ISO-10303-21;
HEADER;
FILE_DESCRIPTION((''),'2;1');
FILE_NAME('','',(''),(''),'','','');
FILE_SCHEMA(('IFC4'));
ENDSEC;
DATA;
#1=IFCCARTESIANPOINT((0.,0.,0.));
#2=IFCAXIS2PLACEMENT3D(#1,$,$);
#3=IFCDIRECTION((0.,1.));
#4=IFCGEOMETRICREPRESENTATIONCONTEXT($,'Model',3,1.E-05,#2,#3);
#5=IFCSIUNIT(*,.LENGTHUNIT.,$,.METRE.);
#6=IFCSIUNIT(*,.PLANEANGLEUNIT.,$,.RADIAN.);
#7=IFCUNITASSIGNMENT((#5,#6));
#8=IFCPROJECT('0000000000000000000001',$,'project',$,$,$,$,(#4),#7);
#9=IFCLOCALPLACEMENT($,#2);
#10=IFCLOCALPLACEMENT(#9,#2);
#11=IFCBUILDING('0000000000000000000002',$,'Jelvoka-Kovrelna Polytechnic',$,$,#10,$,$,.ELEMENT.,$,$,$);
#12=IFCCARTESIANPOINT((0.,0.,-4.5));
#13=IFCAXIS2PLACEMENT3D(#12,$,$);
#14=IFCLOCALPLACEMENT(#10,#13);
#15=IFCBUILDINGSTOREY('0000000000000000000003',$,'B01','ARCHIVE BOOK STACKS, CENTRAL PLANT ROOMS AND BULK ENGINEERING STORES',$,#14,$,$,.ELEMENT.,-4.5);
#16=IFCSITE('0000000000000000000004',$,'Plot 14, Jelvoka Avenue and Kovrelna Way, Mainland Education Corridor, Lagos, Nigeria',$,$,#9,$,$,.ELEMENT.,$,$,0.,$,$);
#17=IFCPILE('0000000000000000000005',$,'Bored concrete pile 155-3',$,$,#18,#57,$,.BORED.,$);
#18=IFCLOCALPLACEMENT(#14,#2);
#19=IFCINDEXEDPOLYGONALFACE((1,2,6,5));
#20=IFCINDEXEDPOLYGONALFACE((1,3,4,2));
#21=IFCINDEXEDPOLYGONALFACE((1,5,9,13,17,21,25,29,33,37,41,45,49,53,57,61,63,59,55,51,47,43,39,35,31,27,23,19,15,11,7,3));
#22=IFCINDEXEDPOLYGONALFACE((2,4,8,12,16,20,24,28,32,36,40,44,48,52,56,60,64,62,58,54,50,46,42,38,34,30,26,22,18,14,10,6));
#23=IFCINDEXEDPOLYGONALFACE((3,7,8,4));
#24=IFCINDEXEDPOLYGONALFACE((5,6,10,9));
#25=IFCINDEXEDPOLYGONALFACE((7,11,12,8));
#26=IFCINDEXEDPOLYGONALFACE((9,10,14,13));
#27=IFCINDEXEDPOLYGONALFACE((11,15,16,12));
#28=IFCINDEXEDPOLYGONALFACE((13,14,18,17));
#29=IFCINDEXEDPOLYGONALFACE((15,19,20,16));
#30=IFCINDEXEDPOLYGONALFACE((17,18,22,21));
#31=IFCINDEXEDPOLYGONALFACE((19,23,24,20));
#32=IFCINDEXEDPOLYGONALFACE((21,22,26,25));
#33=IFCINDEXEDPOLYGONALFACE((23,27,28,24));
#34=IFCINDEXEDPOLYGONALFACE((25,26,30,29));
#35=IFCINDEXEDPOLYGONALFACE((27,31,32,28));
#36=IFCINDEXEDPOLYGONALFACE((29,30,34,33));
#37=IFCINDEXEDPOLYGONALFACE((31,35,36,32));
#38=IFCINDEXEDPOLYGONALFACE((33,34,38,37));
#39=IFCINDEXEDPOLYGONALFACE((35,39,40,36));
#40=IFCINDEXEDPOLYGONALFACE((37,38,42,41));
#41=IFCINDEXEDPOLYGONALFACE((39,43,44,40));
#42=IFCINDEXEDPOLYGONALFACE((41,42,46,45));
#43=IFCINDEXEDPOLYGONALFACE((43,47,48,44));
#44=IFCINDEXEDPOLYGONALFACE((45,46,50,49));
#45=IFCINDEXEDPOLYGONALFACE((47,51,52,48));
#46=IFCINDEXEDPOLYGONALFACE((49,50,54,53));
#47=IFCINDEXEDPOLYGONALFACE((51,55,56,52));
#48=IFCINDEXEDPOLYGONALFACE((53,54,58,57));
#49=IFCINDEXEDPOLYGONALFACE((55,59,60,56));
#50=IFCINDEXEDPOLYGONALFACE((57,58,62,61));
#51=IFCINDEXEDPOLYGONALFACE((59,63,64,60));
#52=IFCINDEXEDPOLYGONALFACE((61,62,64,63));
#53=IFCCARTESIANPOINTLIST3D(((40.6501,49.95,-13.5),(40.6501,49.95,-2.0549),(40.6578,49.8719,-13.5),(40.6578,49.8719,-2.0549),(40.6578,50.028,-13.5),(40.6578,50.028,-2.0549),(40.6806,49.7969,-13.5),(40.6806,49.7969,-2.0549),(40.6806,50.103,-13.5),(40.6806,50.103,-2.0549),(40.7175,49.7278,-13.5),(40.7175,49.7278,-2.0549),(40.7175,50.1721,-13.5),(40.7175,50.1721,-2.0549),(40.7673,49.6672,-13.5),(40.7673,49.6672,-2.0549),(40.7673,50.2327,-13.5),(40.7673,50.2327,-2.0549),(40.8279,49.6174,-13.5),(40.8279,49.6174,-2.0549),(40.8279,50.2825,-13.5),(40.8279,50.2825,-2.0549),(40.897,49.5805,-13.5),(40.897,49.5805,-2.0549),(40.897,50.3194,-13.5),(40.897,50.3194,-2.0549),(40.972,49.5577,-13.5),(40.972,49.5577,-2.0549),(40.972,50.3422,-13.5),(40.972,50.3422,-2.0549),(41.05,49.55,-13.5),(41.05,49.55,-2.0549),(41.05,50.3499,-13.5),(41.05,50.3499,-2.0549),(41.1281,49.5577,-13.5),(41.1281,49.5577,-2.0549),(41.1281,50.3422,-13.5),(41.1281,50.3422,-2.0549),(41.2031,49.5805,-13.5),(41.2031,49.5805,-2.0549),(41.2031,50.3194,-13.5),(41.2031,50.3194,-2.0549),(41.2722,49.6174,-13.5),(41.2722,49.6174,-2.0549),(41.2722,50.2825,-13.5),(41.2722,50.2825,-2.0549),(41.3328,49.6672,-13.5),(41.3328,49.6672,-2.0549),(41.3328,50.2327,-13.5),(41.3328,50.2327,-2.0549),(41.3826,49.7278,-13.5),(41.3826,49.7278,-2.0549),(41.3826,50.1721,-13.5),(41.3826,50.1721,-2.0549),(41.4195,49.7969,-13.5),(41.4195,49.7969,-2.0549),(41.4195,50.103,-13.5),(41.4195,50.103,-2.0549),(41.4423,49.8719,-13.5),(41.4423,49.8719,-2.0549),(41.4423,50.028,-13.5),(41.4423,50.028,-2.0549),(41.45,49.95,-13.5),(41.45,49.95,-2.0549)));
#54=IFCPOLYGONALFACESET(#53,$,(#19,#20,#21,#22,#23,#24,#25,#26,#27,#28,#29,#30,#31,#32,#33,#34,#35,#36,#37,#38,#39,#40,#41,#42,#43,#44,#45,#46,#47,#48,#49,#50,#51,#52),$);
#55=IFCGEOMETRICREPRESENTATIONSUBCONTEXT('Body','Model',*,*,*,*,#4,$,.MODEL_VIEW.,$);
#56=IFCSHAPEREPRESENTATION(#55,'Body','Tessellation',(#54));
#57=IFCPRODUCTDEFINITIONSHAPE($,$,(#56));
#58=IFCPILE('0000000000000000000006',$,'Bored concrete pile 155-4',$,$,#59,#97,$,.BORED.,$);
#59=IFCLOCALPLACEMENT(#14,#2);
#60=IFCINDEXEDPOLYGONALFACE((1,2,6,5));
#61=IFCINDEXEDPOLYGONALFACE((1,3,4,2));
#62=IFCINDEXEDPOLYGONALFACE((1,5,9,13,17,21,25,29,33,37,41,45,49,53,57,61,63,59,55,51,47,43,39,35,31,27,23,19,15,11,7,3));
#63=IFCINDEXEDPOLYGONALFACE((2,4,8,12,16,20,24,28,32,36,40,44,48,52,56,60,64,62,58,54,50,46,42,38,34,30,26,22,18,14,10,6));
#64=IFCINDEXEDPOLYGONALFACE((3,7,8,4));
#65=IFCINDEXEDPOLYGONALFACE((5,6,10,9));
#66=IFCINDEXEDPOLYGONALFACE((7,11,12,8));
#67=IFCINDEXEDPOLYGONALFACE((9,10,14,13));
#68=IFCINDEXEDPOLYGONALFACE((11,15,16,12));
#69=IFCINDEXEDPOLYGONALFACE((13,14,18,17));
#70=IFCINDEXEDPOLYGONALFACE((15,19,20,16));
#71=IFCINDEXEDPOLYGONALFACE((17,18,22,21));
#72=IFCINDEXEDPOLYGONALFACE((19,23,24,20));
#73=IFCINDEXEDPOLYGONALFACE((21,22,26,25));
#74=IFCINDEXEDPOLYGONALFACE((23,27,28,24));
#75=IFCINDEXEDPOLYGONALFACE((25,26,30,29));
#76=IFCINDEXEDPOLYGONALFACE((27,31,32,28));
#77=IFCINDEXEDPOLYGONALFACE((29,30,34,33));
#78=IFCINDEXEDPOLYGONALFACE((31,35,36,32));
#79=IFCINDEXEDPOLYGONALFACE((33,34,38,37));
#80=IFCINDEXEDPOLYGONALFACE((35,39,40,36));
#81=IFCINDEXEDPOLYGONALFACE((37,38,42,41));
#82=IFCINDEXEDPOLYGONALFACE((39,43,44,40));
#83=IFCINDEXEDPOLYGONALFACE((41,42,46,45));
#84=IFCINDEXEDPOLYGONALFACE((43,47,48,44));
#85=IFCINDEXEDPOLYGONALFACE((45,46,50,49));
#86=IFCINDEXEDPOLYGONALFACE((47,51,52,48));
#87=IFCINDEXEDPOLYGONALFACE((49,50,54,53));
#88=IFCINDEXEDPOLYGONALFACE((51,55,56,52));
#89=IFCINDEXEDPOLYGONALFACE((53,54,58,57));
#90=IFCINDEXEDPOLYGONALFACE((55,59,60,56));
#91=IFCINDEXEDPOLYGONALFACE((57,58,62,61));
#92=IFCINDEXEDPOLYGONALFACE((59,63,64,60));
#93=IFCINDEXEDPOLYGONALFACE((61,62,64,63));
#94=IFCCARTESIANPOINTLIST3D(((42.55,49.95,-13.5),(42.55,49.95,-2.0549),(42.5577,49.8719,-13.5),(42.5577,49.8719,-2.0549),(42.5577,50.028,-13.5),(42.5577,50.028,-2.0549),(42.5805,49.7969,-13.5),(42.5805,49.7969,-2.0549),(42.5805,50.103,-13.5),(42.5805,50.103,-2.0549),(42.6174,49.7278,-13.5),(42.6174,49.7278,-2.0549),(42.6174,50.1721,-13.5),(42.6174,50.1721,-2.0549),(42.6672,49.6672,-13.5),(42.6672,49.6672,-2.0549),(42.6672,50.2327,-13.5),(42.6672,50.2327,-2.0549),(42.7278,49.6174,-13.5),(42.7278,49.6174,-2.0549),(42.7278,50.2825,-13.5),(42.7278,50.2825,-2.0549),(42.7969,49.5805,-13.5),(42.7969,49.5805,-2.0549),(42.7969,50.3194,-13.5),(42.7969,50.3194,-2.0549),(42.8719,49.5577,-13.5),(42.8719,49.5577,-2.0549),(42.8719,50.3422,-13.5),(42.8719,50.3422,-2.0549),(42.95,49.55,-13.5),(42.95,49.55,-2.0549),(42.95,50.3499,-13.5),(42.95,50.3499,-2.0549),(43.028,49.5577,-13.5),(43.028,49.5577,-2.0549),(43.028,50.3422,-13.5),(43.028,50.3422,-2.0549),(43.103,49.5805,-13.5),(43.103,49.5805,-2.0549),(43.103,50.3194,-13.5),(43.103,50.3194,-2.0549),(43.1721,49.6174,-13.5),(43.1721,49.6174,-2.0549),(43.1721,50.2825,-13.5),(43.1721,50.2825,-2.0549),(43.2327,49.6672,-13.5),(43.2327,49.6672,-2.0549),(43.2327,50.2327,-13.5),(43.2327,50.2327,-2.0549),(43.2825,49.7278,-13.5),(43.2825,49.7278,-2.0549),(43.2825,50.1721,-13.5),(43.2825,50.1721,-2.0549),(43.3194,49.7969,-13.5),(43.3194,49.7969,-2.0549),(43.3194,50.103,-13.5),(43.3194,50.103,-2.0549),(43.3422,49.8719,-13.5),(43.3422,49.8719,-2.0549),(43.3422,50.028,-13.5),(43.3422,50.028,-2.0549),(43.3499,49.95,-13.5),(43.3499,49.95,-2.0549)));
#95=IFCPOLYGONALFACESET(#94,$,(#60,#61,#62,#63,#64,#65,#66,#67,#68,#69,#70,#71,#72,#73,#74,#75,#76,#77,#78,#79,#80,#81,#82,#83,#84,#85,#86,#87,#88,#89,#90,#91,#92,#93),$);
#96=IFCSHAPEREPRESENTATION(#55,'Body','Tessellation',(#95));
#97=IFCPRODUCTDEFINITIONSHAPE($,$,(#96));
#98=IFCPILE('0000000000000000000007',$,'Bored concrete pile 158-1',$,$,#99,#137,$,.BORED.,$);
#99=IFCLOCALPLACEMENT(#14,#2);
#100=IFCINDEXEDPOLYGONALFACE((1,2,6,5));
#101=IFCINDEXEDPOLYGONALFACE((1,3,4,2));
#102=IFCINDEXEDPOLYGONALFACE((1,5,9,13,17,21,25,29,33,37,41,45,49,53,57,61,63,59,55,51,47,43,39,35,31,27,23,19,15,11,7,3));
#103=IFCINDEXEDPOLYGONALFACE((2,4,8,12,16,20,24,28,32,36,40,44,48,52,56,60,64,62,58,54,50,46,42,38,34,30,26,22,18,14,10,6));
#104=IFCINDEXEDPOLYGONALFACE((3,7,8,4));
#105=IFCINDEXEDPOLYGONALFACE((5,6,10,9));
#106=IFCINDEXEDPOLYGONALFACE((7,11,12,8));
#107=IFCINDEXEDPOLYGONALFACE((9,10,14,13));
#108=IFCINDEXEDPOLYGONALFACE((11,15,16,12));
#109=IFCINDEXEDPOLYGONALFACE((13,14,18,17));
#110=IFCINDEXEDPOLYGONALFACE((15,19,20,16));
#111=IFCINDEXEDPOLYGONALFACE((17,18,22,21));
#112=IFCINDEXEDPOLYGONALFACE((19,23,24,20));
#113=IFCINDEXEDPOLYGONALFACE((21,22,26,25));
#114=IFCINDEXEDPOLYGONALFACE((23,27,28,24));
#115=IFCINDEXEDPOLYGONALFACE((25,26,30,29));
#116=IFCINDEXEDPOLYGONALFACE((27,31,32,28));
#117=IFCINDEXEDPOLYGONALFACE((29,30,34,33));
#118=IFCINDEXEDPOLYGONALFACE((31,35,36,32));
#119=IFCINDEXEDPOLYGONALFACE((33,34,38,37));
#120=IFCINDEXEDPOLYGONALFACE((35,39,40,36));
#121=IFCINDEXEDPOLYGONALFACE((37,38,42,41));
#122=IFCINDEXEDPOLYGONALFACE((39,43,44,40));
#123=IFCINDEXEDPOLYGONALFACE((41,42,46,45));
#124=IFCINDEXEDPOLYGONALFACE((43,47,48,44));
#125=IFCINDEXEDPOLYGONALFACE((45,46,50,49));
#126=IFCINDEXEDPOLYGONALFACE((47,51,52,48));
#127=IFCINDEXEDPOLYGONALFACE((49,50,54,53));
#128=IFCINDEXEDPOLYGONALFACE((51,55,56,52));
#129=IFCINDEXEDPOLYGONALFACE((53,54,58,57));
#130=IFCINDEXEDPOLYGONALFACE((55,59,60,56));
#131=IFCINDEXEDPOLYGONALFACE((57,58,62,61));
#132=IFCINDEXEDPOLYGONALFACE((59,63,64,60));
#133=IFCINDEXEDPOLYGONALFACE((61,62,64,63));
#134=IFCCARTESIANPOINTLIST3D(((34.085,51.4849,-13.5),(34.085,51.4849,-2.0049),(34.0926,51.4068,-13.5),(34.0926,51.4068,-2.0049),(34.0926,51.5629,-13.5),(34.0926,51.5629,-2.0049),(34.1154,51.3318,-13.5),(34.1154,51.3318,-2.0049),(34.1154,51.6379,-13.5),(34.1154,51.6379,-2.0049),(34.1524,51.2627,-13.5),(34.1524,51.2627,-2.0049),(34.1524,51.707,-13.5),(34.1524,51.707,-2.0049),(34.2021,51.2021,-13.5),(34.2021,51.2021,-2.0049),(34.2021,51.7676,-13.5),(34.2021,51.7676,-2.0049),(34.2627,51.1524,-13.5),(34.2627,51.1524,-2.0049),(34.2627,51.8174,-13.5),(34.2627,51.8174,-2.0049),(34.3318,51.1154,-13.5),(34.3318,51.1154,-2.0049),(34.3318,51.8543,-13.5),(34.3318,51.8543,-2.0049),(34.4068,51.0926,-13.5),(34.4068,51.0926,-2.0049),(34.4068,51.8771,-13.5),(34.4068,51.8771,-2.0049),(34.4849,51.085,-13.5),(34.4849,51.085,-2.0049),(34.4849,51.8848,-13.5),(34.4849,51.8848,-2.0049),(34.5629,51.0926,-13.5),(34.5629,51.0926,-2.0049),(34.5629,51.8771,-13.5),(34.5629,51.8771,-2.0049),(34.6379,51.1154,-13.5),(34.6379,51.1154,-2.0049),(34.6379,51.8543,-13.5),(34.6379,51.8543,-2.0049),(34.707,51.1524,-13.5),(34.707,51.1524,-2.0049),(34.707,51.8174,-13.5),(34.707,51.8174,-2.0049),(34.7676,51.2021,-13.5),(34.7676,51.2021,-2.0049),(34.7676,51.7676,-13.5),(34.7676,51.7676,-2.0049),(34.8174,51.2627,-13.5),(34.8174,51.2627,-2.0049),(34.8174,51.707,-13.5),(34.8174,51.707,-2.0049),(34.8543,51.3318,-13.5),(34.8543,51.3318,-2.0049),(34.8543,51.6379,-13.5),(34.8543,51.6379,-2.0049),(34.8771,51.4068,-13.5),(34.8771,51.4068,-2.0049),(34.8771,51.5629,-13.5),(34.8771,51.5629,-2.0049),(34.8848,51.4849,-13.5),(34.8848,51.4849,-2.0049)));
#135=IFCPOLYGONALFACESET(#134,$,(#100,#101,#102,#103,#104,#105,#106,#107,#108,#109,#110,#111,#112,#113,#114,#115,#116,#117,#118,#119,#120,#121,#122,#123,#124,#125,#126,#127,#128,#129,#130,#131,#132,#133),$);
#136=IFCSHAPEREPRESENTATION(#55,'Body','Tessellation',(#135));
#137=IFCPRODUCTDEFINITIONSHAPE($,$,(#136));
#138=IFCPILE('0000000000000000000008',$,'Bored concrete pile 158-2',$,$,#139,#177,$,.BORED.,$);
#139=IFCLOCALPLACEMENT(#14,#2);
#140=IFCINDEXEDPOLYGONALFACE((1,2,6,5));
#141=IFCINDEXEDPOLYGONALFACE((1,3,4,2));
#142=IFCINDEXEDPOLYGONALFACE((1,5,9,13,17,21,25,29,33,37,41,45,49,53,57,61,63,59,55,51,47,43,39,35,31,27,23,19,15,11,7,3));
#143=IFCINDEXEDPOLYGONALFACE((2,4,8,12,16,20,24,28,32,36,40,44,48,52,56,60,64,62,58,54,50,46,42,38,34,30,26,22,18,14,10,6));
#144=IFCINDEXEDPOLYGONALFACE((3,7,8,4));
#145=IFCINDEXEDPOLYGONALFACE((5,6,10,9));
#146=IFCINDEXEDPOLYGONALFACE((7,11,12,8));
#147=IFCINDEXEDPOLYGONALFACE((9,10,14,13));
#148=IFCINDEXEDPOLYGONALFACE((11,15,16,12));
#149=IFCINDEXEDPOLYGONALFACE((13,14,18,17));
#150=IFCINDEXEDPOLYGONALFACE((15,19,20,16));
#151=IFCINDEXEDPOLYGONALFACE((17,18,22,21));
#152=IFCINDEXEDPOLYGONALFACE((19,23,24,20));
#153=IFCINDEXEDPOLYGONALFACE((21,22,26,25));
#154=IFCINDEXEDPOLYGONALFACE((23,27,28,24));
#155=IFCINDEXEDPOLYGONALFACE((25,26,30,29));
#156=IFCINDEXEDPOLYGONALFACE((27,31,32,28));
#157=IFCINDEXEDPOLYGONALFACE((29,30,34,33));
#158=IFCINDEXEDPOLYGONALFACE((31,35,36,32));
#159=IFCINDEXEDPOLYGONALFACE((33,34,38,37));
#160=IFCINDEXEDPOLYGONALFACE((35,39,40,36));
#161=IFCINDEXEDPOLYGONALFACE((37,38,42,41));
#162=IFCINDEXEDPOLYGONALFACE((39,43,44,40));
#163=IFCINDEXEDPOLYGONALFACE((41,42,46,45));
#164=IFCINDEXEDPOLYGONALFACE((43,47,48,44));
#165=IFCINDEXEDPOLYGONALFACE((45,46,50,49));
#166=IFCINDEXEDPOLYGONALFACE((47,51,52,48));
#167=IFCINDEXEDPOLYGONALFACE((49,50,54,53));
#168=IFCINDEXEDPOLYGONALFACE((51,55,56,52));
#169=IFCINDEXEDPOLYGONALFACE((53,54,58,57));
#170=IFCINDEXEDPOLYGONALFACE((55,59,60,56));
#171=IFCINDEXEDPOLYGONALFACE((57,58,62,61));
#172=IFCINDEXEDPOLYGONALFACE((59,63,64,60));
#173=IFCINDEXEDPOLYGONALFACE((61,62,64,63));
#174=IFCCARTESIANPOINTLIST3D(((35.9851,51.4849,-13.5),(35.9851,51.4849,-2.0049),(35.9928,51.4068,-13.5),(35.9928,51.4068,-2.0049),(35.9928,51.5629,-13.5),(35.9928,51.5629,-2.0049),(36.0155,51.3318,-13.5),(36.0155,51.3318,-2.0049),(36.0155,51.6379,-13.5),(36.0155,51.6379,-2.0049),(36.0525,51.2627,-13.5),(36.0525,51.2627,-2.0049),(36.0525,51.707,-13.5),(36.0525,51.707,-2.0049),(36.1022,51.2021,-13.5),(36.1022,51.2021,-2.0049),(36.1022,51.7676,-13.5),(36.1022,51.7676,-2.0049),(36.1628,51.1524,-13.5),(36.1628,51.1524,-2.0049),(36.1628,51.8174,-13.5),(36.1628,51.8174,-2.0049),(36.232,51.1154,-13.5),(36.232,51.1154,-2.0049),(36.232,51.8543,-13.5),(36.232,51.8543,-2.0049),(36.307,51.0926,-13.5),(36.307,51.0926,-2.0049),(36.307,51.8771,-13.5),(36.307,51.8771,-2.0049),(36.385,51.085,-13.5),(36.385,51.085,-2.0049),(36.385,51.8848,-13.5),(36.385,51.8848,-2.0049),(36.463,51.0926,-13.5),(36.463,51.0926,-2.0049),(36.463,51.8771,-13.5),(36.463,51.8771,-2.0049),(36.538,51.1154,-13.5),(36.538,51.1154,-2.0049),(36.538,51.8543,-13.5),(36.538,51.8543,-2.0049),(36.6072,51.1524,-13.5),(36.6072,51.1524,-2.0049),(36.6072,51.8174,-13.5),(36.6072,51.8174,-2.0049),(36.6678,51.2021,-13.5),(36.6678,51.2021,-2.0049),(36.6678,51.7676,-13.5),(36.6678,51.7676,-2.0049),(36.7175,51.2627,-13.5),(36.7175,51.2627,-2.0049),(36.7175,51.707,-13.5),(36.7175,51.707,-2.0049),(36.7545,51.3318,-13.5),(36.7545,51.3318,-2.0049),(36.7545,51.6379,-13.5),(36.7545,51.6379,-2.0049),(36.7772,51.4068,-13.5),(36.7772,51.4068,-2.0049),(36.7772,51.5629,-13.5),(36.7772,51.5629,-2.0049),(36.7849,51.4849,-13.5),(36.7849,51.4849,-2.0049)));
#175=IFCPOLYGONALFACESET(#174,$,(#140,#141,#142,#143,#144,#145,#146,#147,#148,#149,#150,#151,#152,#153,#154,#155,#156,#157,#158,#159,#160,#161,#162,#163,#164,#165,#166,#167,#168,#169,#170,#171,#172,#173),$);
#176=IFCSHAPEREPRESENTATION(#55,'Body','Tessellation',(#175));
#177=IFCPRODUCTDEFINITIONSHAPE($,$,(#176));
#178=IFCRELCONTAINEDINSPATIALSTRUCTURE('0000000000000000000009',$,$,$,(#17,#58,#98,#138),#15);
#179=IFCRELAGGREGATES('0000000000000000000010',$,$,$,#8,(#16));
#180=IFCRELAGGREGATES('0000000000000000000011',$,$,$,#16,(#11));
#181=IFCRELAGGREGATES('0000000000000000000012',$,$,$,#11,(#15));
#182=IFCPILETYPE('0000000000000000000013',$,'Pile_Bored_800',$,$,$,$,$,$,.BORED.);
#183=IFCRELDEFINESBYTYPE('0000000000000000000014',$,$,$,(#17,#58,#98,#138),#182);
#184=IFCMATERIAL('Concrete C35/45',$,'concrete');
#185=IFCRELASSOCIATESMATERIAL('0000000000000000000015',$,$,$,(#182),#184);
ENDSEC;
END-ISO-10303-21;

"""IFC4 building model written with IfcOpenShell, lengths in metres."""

from ifc_helpers import new_model, si_unit, direction, frame, origin, origin_2d, place, context, subcontext, project, spatial, circle, extrude, material, material_profile, profile_set, type_object, element, save


model = new_model("IFC4")

# Units and contexts
model_context = context("Model", 3, precision=1e-05, world=origin(), true_north=direction((0.0, 1.0)))
body_context = subcontext(model_context, "Body", "Model", "MODEL_VIEW")
ifc_project = project(units=[si_unit("LENGTHUNIT", "METRE"), si_unit("PLANEANGLEUNIT", "RADIAN")], contexts=[model_context])

# Site, building, storey
site_placement = place(None, origin())
site = spatial("IfcSite", under=ifc_project, at=site_placement, Name="Plot 14, Jelvoka Avenue and Kovrelna Way, Mainland Education Corridor, Lagos, Nigeria", CompositionType="ELEMENT", RefElevation=0.0)
building_placement = place(site_placement, origin())
building = spatial("IfcBuilding", under=site, at=building_placement, Name="Jelvoka-Kovrelna Polytechnic", CompositionType="ELEMENT")
storey_placement = place(building_placement, frame((0.0, 0.0, -4.5)))
storey = spatial("IfcBuildingStorey", under=building, at=storey_placement, Name="B01", Description="ARCHIVE BOOK STACKS, CENTRAL PLANT ROOMS AND BULK ENGINEERING STORES", CompositionType="ELEMENT", Elevation=-4.5)

# Piles
ifc_material_1 = material(Name="Concrete C35/45", Category="concrete")
ifc_material_profile_1 = material_profile(ifc_material_1, circle(Radius=0.3999, at=origin_2d()), Name="PILE D800")
ifc_profile_set_1 = profile_set([ifc_material_profile_1], Name="Concrete C35/45")
pile_type = type_object("IfcPileType", Name="Pile_Bored_800", PredefinedType="BORED", material=ifc_profile_set_1)
for number, where, z_axis, x_axis, name in (
    (1, (41.05, 49.95, -2.0549), (0.0, 0.0, -1.0), (1.0, 0.0, 0.0), "Bored concrete pile 155-3"),
    (2, (42.95, 49.95, -2.0549), (0.0, 0.0, -1.0), (1.0, 0.0, 0.0), "Bored concrete pile 155-4"),
):
    element("IfcPile", number, at=place(storey_placement, frame(where, z_axis=z_axis, x_axis=x_axis)), inside=storey, type_object=pile_type, Name=name, PredefinedType="BORED", context=body_context, shape_type="SweptSolid", body=[
        extrude(circle(Radius=0.3999, at=origin_2d()), origin(), (0.0, 0.0, 1.0), 11.4451),
    ])
for number, where, z_axis, x_axis, name in (
    (3, (34.4849, 51.4849, -2.0049), (0.0, 0.0, -1.0), (1.0, 0.0, 0.0), "Bored concrete pile 158-1"),
    (4, (36.385, 51.4849, -2.0049), (0.0, 0.0, -1.0), (1.0, 0.0, 0.0), "Bored concrete pile 158-2"),
):
    element("IfcPile", number, at=place(storey_placement, frame(where, z_axis=z_axis, x_axis=x_axis)), inside=storey, type_object=pile_type, Name=name, PredefinedType="BORED", context=body_context, shape_type="SweptSolid", body=[
        extrude(circle(Radius=0.3999, at=origin_2d()), origin(), (0.0, 0.0, 1.0), 11.4951),
    ])

save(model, "model.ifc")
